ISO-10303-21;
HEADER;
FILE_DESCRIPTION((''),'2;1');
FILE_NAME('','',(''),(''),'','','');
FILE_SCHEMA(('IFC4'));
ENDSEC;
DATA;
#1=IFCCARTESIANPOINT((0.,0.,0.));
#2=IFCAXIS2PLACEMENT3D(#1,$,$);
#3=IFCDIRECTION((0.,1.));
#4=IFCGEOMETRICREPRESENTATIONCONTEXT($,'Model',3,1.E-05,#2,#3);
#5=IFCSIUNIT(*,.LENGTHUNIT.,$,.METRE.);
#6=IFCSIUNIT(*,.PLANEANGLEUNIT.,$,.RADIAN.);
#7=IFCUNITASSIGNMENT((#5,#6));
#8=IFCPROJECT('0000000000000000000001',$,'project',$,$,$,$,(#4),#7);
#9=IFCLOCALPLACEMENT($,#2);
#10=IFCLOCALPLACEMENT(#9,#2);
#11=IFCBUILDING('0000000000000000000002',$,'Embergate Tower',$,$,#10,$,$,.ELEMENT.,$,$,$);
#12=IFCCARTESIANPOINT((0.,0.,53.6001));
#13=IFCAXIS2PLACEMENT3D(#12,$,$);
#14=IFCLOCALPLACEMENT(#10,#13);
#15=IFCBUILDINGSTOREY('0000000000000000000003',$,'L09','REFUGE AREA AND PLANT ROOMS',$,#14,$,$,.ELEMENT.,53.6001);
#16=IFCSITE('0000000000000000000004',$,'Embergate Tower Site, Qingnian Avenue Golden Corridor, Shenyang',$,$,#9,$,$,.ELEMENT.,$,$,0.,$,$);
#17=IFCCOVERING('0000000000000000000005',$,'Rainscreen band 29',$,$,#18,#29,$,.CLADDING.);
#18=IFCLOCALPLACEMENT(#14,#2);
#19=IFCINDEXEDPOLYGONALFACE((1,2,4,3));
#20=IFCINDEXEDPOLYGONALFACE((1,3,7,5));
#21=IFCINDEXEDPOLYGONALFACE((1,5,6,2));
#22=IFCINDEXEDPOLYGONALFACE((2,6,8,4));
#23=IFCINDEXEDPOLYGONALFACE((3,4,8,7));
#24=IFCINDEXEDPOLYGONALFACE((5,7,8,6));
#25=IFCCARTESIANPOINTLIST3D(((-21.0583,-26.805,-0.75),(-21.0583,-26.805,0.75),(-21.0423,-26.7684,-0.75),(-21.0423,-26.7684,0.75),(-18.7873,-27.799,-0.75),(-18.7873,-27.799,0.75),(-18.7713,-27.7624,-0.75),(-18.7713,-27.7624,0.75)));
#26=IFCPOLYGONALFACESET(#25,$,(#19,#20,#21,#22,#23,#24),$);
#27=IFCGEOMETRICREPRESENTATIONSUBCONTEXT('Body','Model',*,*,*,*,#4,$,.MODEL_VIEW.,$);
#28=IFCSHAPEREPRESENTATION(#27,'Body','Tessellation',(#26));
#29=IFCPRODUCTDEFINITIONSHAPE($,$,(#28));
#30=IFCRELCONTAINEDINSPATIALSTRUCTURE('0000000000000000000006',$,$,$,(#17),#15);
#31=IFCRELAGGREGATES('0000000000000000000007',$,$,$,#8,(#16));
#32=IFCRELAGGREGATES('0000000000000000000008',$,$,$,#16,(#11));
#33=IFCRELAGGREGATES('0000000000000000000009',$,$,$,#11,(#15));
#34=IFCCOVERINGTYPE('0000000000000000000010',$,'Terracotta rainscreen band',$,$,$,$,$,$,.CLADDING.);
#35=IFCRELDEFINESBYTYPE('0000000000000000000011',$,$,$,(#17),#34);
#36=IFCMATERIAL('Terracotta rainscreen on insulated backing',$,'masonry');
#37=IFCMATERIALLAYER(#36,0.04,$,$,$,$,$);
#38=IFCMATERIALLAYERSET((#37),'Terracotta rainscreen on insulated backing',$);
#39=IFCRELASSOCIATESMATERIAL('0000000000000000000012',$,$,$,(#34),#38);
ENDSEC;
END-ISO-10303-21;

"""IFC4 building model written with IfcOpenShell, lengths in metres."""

from ifc_helpers import new_model, si_unit, direction, frame, origin, origin_2d, place, context, subcontext, project, spatial, rectangle, extrude, source, transform, mapped, material, layer, layer_set, type_object, element, save


model = new_model("IFC4")

# Units and contexts
model_context = context("Model", 3, precision=1e-05, world=origin(), true_north=direction((0.0, 1.0)))
body_context = subcontext(model_context, "Body", "Model", "MODEL_VIEW")
ifc_project = project(units=[si_unit("LENGTHUNIT", "METRE"), si_unit("PLANEANGLEUNIT", "RADIAN")], contexts=[model_context])

# Site, building, storey
site_placement = place(None, origin())
site = spatial("IfcSite", under=ifc_project, at=site_placement, Name="Embergate Tower Site, Qingnian Avenue Golden Corridor, Shenyang", CompositionType="ELEMENT", RefElevation=0.0)
building_placement = place(site_placement, origin())
building = spatial("IfcBuilding", under=site, at=building_placement, Name="Embergate Tower", CompositionType="ELEMENT")
storey_placement = place(building_placement, frame((0.0, 0.0, 53.6001)))
storey = spatial("IfcBuildingStorey", under=building, at=storey_placement, Name="L09", Description="REFUGE AREA AND PLANT ROOMS", CompositionType="ELEMENT", Elevation=53.6001)

# Covering
ifc_material_1 = material(Name="Terracotta rainscreen on insulated backing", Category="masonry")
ifc_layer_1 = layer(ifc_material_1, 0.04)
ifc_layer_set_1 = layer_set([ifc_layer_1], Name="Terracotta rainscreen on insulated backing")
covering_type = type_object("IfcCoveringType", Name="Terracotta rainscreen band", PredefinedType="CLADDING", material=ifc_layer_set_1)
shared_shape_1 = source(origin(), body_context, "Body", "SweptSolid", [
    extrude(rectangle(XDim=2.479, YDim=0.04, at=origin_2d()), origin(), (0.0, 0.0, 1.0), 1.5),
])
covering_1_placement = place(storey_placement, frame((-19.9148, -27.2837, -0.75), z_axis=(0.0, 0.0, 1.0), x_axis=(0.916093, -0.400966, 0.0)))
element("IfcCovering", 1, at=covering_1_placement, inside=storey, type_object=covering_type, Name="Rainscreen band 29", PredefinedType="CLADDING", context=body_context, shape_type="MappedRepresentation", body=[
    mapped(shared_shape_1, transform((0.0, 0.0, 0.0))),
])

save(model, "model.ifc")
